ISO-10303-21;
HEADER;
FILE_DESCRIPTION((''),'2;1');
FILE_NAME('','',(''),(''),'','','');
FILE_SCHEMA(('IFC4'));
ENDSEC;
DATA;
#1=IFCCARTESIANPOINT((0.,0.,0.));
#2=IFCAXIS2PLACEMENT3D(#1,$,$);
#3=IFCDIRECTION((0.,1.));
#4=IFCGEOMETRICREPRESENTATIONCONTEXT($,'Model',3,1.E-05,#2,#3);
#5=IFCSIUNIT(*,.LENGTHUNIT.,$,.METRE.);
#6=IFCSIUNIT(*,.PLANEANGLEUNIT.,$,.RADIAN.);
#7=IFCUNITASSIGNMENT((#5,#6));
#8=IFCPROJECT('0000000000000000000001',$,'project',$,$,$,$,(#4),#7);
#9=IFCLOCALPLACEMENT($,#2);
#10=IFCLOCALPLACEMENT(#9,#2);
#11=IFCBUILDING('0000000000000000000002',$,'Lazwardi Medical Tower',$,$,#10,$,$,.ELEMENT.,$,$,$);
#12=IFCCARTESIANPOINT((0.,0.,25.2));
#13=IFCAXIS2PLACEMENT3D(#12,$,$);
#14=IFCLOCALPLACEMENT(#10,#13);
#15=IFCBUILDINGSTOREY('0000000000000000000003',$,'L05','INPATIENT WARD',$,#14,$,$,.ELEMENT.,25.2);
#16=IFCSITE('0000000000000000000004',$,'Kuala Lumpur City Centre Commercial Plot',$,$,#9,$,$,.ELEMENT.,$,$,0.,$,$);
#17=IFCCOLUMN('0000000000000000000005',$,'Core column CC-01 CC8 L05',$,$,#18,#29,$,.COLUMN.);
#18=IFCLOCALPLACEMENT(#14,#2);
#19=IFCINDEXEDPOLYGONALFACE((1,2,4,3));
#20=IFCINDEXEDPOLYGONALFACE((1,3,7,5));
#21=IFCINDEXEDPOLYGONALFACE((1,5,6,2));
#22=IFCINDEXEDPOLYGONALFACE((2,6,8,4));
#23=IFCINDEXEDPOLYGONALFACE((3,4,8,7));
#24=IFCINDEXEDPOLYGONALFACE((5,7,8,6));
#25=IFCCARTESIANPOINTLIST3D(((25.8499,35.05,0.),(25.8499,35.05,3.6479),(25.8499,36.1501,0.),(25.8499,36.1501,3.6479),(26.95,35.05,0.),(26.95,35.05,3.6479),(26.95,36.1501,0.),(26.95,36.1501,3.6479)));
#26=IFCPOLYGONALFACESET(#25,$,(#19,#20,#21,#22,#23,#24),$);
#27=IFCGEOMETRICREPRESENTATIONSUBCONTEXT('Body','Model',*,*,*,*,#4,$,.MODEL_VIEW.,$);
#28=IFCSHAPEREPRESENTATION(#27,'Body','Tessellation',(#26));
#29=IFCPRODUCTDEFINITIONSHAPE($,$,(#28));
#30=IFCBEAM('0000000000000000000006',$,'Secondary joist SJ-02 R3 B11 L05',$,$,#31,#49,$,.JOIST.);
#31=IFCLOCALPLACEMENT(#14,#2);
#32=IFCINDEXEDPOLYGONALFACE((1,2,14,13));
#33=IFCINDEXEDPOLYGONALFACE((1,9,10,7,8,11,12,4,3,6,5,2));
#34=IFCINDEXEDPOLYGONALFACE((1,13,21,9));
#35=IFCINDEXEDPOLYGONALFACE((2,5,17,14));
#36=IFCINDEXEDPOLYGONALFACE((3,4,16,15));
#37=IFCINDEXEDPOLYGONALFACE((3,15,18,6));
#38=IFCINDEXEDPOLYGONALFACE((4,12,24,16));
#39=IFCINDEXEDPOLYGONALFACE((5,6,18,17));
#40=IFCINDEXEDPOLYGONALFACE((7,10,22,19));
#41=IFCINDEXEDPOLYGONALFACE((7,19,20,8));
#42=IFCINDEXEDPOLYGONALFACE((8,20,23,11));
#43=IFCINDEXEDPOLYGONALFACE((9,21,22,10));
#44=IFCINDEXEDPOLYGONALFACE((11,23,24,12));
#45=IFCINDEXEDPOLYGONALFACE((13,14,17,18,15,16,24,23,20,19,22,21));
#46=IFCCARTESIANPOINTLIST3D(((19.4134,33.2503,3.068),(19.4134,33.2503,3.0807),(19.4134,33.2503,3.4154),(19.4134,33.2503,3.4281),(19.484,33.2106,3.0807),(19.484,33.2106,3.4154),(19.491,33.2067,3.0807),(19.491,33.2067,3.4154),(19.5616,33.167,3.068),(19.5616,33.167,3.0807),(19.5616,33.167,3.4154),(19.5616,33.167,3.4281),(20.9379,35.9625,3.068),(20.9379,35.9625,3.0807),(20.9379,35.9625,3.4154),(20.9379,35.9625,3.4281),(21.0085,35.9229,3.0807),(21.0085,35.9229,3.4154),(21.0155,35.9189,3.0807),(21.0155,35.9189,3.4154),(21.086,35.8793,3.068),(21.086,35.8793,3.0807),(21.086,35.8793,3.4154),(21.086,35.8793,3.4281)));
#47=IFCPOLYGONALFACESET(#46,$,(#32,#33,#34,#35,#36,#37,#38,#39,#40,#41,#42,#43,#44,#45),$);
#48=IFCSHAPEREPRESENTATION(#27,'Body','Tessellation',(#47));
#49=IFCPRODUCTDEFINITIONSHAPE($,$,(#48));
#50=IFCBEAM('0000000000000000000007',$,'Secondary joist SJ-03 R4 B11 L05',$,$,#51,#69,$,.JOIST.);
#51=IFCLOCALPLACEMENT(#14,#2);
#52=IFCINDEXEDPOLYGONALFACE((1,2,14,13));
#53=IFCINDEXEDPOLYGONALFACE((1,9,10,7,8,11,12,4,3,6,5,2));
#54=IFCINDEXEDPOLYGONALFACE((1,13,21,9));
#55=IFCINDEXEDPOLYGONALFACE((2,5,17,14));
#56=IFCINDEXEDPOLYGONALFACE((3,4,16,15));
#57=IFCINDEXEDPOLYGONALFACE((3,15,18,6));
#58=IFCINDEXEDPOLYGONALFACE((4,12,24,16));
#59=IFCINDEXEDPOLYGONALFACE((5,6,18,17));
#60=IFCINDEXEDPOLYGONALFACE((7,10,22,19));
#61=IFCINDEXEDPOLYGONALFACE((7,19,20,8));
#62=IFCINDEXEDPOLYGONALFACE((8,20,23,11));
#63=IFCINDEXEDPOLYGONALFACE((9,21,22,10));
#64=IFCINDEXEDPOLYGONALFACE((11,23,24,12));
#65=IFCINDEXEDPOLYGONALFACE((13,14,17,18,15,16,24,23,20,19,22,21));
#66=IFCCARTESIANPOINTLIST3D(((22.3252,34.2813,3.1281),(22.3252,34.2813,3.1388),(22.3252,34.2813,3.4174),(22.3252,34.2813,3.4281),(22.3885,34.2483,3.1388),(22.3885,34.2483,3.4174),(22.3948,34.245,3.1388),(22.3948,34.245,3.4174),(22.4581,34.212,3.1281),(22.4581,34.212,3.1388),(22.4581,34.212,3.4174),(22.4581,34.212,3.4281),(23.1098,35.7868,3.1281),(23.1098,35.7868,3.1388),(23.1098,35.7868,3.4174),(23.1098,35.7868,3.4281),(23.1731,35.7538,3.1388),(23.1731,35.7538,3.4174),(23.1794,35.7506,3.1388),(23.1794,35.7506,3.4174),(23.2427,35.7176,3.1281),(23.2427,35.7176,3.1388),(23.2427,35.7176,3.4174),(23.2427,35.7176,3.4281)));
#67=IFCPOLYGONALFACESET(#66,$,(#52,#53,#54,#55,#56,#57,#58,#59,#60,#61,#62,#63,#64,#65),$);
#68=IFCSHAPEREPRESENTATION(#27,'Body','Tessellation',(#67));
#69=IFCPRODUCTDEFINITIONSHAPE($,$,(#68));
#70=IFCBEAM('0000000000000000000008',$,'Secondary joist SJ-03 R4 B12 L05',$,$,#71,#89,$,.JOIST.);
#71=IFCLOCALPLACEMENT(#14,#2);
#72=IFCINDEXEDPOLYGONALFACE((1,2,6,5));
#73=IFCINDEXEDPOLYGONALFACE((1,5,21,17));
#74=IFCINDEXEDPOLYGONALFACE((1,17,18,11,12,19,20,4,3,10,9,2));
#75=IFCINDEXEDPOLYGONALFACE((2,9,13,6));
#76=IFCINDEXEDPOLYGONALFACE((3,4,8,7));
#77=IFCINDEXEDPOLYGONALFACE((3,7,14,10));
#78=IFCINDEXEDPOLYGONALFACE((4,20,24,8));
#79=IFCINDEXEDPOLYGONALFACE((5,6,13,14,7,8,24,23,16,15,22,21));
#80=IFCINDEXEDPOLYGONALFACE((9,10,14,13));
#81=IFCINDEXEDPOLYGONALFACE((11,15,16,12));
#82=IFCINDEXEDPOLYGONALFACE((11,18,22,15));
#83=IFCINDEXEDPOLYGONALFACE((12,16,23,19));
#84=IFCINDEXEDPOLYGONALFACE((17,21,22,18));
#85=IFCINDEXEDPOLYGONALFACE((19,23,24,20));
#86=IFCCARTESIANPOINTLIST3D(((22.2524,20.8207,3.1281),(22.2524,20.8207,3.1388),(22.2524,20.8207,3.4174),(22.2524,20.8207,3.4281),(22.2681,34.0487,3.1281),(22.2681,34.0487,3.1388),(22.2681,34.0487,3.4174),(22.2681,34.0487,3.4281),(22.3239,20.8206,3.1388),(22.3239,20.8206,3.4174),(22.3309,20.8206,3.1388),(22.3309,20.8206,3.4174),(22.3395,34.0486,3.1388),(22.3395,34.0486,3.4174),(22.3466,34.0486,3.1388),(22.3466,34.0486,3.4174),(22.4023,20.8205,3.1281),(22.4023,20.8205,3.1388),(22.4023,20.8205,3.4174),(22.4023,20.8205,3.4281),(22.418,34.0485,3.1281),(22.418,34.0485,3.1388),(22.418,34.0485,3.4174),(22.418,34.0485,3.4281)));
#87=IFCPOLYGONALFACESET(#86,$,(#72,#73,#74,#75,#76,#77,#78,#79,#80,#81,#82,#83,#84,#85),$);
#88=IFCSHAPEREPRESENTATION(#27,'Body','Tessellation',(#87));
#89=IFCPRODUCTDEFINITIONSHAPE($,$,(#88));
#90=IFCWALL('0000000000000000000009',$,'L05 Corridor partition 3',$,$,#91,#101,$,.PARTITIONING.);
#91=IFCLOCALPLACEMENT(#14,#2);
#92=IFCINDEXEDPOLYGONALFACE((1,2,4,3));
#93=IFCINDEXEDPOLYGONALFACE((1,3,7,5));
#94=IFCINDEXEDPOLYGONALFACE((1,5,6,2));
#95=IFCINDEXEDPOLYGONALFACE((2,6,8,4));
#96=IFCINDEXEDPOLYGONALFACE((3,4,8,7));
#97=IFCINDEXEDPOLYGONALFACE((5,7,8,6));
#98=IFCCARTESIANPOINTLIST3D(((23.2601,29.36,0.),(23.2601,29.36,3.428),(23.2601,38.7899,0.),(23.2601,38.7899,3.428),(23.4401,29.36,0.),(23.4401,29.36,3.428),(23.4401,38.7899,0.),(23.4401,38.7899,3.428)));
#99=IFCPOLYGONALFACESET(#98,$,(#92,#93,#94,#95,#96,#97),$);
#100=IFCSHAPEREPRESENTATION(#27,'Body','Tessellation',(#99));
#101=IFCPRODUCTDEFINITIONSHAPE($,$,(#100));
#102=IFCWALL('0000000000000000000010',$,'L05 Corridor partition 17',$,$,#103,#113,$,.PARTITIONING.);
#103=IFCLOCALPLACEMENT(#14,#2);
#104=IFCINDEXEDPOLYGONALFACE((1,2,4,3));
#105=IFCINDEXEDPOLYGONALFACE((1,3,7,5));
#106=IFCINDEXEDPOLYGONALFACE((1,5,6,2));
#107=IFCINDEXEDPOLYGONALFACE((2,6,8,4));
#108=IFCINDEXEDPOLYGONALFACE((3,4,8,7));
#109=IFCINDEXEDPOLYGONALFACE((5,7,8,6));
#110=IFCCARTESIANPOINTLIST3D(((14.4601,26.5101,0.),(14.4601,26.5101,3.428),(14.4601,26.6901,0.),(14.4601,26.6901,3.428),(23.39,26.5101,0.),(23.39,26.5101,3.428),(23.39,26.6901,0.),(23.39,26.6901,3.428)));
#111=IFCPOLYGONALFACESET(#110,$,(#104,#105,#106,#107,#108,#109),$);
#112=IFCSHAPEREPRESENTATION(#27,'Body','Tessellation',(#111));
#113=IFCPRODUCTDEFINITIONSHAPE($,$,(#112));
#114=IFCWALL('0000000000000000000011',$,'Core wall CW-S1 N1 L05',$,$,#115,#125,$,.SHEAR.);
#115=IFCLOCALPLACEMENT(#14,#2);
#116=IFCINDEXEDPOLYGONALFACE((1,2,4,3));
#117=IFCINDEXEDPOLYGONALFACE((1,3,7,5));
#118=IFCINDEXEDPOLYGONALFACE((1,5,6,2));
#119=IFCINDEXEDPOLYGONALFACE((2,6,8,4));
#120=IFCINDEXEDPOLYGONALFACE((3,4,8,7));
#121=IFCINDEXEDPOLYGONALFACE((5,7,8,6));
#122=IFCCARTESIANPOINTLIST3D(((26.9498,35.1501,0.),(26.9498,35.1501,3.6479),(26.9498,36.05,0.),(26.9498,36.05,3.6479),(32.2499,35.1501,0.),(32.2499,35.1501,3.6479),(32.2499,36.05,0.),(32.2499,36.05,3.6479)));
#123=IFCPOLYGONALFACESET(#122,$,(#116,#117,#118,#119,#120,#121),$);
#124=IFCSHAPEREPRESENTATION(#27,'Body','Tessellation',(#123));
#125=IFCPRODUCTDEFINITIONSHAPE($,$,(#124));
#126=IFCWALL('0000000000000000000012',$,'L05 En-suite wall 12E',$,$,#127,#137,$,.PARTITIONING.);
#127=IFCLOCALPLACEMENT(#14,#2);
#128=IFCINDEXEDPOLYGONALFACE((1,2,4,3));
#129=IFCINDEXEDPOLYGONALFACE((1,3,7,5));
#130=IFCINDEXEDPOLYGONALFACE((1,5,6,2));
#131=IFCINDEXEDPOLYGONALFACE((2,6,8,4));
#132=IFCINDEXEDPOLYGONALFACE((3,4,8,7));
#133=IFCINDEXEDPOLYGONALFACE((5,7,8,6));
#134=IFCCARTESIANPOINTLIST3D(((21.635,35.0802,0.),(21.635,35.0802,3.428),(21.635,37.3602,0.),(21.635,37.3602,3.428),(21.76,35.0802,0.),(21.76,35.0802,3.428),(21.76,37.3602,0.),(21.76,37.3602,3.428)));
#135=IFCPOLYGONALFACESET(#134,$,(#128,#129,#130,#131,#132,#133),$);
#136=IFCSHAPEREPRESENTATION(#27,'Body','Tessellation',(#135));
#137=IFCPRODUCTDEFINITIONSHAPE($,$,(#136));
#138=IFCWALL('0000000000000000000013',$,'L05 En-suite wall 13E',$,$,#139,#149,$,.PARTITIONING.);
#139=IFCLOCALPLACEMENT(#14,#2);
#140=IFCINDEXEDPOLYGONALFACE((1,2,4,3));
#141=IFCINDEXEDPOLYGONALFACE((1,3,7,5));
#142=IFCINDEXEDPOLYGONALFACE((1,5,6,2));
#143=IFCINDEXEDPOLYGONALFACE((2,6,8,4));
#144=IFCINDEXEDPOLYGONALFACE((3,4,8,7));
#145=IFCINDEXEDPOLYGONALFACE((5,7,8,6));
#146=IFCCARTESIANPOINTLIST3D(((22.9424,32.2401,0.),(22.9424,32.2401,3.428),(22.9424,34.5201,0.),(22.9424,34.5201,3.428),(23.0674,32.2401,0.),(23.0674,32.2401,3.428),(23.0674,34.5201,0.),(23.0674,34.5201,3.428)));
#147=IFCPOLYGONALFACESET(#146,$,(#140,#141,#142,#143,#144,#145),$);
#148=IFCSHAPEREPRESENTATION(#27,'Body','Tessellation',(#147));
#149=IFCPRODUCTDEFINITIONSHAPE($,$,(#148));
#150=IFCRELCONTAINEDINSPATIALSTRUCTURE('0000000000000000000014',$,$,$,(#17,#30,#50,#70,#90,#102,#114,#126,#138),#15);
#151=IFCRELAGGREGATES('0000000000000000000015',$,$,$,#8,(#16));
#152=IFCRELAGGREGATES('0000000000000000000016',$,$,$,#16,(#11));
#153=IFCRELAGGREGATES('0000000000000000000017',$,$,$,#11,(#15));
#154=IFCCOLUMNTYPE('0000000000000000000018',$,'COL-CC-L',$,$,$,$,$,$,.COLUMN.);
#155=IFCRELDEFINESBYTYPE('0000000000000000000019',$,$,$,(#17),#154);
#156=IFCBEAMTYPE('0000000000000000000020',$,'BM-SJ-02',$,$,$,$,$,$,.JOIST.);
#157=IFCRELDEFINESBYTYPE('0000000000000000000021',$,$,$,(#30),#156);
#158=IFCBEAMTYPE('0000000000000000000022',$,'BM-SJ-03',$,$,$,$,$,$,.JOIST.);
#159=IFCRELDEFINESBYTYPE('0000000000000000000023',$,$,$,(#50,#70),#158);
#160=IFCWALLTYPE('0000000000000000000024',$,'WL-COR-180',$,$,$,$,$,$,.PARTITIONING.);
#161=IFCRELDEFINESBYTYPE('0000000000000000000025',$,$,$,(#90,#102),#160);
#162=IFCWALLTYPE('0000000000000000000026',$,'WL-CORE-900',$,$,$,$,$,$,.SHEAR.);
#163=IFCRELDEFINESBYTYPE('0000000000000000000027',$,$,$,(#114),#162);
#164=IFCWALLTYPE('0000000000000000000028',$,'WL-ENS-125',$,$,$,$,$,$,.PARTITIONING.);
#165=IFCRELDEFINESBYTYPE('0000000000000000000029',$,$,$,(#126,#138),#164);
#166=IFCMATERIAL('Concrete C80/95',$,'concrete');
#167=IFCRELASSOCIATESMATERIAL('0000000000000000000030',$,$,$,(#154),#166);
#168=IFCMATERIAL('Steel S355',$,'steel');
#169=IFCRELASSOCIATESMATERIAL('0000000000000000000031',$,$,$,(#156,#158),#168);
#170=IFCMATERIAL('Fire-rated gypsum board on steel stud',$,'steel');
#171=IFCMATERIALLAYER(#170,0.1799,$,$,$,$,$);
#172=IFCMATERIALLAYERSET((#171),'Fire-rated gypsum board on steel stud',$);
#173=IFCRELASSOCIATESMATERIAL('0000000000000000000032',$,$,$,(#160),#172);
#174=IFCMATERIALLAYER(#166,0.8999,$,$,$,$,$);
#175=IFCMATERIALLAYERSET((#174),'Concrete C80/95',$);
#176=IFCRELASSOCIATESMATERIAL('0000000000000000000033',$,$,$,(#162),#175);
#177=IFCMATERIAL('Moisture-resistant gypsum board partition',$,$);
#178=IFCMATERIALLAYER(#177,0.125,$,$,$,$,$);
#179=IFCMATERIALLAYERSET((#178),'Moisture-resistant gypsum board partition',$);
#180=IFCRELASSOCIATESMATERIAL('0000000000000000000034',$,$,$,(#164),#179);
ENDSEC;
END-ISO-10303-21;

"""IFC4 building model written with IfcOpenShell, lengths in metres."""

from ifc_helpers import new_model, si_unit, direction, frame, frame_2d, origin, origin_2d, place, context, subcontext, project, spatial, rectangle, i_section, extrude, material, layer, layer_set, material_profile, profile_set, type_object, element, save


model = new_model("IFC4")

# Units and contexts
model_context = context("Model", 3, precision=1e-05, world=origin(), true_north=direction((0.0, 1.0)))
body_context = subcontext(model_context, "Body", "Model", "MODEL_VIEW")
ifc_project = project(units=[si_unit("LENGTHUNIT", "METRE"), si_unit("PLANEANGLEUNIT", "RADIAN")], contexts=[model_context])

# Site, building, storey
site_placement = place(None, origin())
site = spatial("IfcSite", under=ifc_project, at=site_placement, Name="Kuala Lumpur City Centre Commercial Plot", CompositionType="ELEMENT", RefElevation=0.0)
building_placement = place(site_placement, origin())
building = spatial("IfcBuilding", under=site, at=building_placement, Name="Lazwardi Medical Tower", CompositionType="ELEMENT")
storey_placement = place(building_placement, frame((0.0, 0.0, 25.2)))
storey = spatial("IfcBuildingStorey", under=building, at=storey_placement, Name="L05", Description="INPATIENT WARD", CompositionType="ELEMENT", Elevation=25.2)

# Column
ifc_material_1 = material(Name="Concrete C80/95", Category="concrete")
ifc_material_profile_1 = material_profile(ifc_material_1, rectangle(XDim=1.1001, YDim=1.1001, at=origin_2d()), Name="RC 1100x1100")
ifc_profile_set_1 = profile_set([ifc_material_profile_1], Name="Concrete C80/95")
column_type = type_object("IfcColumnType", Name="COL-CC-L", PredefinedType="COLUMN", material=ifc_profile_set_1)
column_placement = place(storey_placement, frame((26.3999, 35.6001, 0.0), z_axis=(0.0, 0.0, 1.0), x_axis=(1.0, 0.0, 0.0)))
element("IfcColumn", 1, at=column_placement, inside=storey, type_object=column_type, Name="Core column CC-01 CC8 L05", PredefinedType="COLUMN", context=body_context, shape_type="SweptSolid", body=[
    extrude(rectangle(XDim=1.1001, YDim=1.1001, at=origin_2d()), origin(), (0.0, 0.0, 1.0), 3.6479),
])

# Beams
ifc_material_2 = material(Name="Steel S355", Category="steel")
ifc_material_profile_2 = material_profile(ifc_material_2, i_section(OverallWidth=0.1699, OverallDepth=0.3601, WebThickness=0.0081, FlangeThickness=0.0127, at=origin_2d()), Name="IPE 360")
ifc_profile_set_2 = profile_set([ifc_material_profile_2], Name="Steel S355")
beam_type_1 = type_object("IfcBeamType", Name="BM-SJ-02", PredefinedType="JOIST", material=ifc_profile_set_2)
beam_1_placement = place(storey_placement, frame((21.012, 35.9209, 3.248), z_axis=(-0.489974, -0.871737, 0.0), x_axis=(0.871737, -0.489974, 0.0)))
element("IfcBeam", 2, at=beam_1_placement, inside=storey, type_object=beam_type_1, Name="Secondary joist SJ-02 R3 B11 L05", PredefinedType="JOIST", context=body_context, shape_type="SweptSolid", body=[
    extrude(i_section(OverallWidth=0.1699, OverallDepth=0.3601, WebThickness=0.0081, FlangeThickness=0.0127, at=origin_2d()), origin(), (0.0, 0.0, 1.0), 3.1113),
])
ifc_material_profile_3 = material_profile(ifc_material_2, i_section(OverallWidth=0.1499, OverallDepth=0.3, WebThickness=0.0071, FlangeThickness=0.0107, at=origin_2d()), Name="IPE 300")
ifc_profile_set_3 = profile_set([ifc_material_profile_3], Name="Steel S355")
beam_type_2 = type_object("IfcBeamType", Name="BM-SJ-03", PredefinedType="JOIST", material=ifc_profile_set_3)
beam_2_placement = place(storey_placement, frame((23.1763, 35.7522, 3.2781), z_axis=(-0.462163, -0.886795, 0.0), x_axis=(0.886795, -0.462163, 0.0)))
element("IfcBeam", 3, at=beam_2_placement, inside=storey, type_object=beam_type_2, Name="Secondary joist SJ-03 R4 B11 L05", PredefinedType="JOIST", context=body_context, shape_type="SweptSolid", body=[
    extrude(i_section(OverallWidth=0.1499, OverallDepth=0.3, WebThickness=0.0071, FlangeThickness=0.0107, at=origin_2d()), origin(), (0.0, 0.0, 1.0), 1.6978),
])
beam_3_placement = place(storey_placement, frame((22.343, 34.0486, 3.2781), z_axis=(-0.001181, -0.999999, 0.0), x_axis=(0.999999, -0.001181, 0.0)))
element("IfcBeam", 4, at=beam_3_placement, inside=storey, type_object=beam_type_2, Name="Secondary joist SJ-03 R4 B12 L05", PredefinedType="JOIST", context=body_context, shape_type="SweptSolid", body=[
    extrude(i_section(OverallWidth=0.1499, OverallDepth=0.3, WebThickness=0.0071, FlangeThickness=0.0107, at=origin_2d()), origin(), (0.0, 0.0, 1.0), 13.228),
])

# Walls
ifc_material_3 = material(Name="Fire-rated gypsum board on steel stud", Category="steel")
ifc_layer_1 = layer(ifc_material_3, 0.1799)
ifc_layer_set_1 = layer_set([ifc_layer_1], Name="Fire-rated gypsum board on steel stud")
wall_type_1 = type_object("IfcWallType", Name="WL-COR-180", PredefinedType="PARTITIONING", material=ifc_layer_set_1)
wall_1_placement = place(storey_placement, frame((23.3501, 29.3601, 0.0), z_axis=(0.0, 0.0, 1.0), x_axis=(0.0, 1.0, 0.0)))
element("IfcWall", 5, at=wall_1_placement, inside=storey, type_object=wall_type_1, Name="L05 Corridor partition 3", PredefinedType="PARTITIONING", context=body_context, shape_type="SweptSolid", body=[
    extrude(rectangle(XDim=9.4299, YDim=0.1799, at=frame_2d((4.7148, 0.0))), origin(), (0.0, 0.0, 1.0), 3.428),
])
wall_2_placement = place(storey_placement, frame((23.3899, 26.6001, 0.0), z_axis=(0.0, 0.0, 1.0), x_axis=(-1.0, 0.0, 0.0)))
element("IfcWall", 6, at=wall_2_placement, inside=storey, type_object=wall_type_1, Name="L05 Corridor partition 17", PredefinedType="PARTITIONING", context=body_context, shape_type="SweptSolid", body=[
    extrude(rectangle(XDim=8.9299, YDim=0.1799, at=frame_2d((4.4648, 0.0))), origin(), (0.0, 0.0, 1.0), 3.428),
])
ifc_layer_2 = layer(ifc_material_1, 0.8999)
ifc_layer_set_2 = layer_set([ifc_layer_2], Name="Concrete C80/95")
wall_type_2 = type_object("IfcWallType", Name="WL-CORE-900", PredefinedType="SHEAR", material=ifc_layer_set_2)
wall_3_placement = place(storey_placement, frame((26.95, 35.6001, 0.0), z_axis=(0.0, 0.0, 1.0), x_axis=(1.0, 0.0, 0.0)))
element("IfcWall", 7, at=wall_3_placement, inside=storey, type_object=wall_type_2, Name="Core wall CW-S1 N1 L05", PredefinedType="SHEAR", context=body_context, shape_type="SweptSolid", body=[
    extrude(rectangle(XDim=5.3, YDim=0.8999, at=frame_2d((2.6499, 0.0))), origin(), (0.0, 0.0, 1.0), 3.6479),
])
ifc_material_4 = material(Name="Moisture-resistant gypsum board partition")
ifc_layer_3 = layer(ifc_material_4, 0.125)
ifc_layer_set_3 = layer_set([ifc_layer_3], Name="Moisture-resistant gypsum board partition")
wall_type_3 = type_object("IfcWallType", Name="WL-ENS-125", PredefinedType="PARTITIONING", material=ifc_layer_set_3)
for number, where, z_axis, x_axis, name in (
    (8, (21.6975, 35.0801, 0.0), (0.0, 0.0, 1.0), (0.0, 1.0, 0.0), "L05 En-suite wall 12E"),
    (9, (23.0049, 32.24, 0.0), (0.0, 0.0, 1.0), (0.0, 1.0, 0.0), "L05 En-suite wall 13E"),
):
    element("IfcWall", number, at=place(storey_placement, frame(where, z_axis=z_axis, x_axis=x_axis)), inside=storey, type_object=wall_type_3, Name=name, PredefinedType="PARTITIONING", context=body_context, shape_type="SweptSolid", body=[
        extrude(rectangle(XDim=2.28, YDim=0.125, at=frame_2d((1.1401, 0.0))), origin(), (0.0, 0.0, 1.0), 3.428),
    ])

save(model, "model.ifc")
